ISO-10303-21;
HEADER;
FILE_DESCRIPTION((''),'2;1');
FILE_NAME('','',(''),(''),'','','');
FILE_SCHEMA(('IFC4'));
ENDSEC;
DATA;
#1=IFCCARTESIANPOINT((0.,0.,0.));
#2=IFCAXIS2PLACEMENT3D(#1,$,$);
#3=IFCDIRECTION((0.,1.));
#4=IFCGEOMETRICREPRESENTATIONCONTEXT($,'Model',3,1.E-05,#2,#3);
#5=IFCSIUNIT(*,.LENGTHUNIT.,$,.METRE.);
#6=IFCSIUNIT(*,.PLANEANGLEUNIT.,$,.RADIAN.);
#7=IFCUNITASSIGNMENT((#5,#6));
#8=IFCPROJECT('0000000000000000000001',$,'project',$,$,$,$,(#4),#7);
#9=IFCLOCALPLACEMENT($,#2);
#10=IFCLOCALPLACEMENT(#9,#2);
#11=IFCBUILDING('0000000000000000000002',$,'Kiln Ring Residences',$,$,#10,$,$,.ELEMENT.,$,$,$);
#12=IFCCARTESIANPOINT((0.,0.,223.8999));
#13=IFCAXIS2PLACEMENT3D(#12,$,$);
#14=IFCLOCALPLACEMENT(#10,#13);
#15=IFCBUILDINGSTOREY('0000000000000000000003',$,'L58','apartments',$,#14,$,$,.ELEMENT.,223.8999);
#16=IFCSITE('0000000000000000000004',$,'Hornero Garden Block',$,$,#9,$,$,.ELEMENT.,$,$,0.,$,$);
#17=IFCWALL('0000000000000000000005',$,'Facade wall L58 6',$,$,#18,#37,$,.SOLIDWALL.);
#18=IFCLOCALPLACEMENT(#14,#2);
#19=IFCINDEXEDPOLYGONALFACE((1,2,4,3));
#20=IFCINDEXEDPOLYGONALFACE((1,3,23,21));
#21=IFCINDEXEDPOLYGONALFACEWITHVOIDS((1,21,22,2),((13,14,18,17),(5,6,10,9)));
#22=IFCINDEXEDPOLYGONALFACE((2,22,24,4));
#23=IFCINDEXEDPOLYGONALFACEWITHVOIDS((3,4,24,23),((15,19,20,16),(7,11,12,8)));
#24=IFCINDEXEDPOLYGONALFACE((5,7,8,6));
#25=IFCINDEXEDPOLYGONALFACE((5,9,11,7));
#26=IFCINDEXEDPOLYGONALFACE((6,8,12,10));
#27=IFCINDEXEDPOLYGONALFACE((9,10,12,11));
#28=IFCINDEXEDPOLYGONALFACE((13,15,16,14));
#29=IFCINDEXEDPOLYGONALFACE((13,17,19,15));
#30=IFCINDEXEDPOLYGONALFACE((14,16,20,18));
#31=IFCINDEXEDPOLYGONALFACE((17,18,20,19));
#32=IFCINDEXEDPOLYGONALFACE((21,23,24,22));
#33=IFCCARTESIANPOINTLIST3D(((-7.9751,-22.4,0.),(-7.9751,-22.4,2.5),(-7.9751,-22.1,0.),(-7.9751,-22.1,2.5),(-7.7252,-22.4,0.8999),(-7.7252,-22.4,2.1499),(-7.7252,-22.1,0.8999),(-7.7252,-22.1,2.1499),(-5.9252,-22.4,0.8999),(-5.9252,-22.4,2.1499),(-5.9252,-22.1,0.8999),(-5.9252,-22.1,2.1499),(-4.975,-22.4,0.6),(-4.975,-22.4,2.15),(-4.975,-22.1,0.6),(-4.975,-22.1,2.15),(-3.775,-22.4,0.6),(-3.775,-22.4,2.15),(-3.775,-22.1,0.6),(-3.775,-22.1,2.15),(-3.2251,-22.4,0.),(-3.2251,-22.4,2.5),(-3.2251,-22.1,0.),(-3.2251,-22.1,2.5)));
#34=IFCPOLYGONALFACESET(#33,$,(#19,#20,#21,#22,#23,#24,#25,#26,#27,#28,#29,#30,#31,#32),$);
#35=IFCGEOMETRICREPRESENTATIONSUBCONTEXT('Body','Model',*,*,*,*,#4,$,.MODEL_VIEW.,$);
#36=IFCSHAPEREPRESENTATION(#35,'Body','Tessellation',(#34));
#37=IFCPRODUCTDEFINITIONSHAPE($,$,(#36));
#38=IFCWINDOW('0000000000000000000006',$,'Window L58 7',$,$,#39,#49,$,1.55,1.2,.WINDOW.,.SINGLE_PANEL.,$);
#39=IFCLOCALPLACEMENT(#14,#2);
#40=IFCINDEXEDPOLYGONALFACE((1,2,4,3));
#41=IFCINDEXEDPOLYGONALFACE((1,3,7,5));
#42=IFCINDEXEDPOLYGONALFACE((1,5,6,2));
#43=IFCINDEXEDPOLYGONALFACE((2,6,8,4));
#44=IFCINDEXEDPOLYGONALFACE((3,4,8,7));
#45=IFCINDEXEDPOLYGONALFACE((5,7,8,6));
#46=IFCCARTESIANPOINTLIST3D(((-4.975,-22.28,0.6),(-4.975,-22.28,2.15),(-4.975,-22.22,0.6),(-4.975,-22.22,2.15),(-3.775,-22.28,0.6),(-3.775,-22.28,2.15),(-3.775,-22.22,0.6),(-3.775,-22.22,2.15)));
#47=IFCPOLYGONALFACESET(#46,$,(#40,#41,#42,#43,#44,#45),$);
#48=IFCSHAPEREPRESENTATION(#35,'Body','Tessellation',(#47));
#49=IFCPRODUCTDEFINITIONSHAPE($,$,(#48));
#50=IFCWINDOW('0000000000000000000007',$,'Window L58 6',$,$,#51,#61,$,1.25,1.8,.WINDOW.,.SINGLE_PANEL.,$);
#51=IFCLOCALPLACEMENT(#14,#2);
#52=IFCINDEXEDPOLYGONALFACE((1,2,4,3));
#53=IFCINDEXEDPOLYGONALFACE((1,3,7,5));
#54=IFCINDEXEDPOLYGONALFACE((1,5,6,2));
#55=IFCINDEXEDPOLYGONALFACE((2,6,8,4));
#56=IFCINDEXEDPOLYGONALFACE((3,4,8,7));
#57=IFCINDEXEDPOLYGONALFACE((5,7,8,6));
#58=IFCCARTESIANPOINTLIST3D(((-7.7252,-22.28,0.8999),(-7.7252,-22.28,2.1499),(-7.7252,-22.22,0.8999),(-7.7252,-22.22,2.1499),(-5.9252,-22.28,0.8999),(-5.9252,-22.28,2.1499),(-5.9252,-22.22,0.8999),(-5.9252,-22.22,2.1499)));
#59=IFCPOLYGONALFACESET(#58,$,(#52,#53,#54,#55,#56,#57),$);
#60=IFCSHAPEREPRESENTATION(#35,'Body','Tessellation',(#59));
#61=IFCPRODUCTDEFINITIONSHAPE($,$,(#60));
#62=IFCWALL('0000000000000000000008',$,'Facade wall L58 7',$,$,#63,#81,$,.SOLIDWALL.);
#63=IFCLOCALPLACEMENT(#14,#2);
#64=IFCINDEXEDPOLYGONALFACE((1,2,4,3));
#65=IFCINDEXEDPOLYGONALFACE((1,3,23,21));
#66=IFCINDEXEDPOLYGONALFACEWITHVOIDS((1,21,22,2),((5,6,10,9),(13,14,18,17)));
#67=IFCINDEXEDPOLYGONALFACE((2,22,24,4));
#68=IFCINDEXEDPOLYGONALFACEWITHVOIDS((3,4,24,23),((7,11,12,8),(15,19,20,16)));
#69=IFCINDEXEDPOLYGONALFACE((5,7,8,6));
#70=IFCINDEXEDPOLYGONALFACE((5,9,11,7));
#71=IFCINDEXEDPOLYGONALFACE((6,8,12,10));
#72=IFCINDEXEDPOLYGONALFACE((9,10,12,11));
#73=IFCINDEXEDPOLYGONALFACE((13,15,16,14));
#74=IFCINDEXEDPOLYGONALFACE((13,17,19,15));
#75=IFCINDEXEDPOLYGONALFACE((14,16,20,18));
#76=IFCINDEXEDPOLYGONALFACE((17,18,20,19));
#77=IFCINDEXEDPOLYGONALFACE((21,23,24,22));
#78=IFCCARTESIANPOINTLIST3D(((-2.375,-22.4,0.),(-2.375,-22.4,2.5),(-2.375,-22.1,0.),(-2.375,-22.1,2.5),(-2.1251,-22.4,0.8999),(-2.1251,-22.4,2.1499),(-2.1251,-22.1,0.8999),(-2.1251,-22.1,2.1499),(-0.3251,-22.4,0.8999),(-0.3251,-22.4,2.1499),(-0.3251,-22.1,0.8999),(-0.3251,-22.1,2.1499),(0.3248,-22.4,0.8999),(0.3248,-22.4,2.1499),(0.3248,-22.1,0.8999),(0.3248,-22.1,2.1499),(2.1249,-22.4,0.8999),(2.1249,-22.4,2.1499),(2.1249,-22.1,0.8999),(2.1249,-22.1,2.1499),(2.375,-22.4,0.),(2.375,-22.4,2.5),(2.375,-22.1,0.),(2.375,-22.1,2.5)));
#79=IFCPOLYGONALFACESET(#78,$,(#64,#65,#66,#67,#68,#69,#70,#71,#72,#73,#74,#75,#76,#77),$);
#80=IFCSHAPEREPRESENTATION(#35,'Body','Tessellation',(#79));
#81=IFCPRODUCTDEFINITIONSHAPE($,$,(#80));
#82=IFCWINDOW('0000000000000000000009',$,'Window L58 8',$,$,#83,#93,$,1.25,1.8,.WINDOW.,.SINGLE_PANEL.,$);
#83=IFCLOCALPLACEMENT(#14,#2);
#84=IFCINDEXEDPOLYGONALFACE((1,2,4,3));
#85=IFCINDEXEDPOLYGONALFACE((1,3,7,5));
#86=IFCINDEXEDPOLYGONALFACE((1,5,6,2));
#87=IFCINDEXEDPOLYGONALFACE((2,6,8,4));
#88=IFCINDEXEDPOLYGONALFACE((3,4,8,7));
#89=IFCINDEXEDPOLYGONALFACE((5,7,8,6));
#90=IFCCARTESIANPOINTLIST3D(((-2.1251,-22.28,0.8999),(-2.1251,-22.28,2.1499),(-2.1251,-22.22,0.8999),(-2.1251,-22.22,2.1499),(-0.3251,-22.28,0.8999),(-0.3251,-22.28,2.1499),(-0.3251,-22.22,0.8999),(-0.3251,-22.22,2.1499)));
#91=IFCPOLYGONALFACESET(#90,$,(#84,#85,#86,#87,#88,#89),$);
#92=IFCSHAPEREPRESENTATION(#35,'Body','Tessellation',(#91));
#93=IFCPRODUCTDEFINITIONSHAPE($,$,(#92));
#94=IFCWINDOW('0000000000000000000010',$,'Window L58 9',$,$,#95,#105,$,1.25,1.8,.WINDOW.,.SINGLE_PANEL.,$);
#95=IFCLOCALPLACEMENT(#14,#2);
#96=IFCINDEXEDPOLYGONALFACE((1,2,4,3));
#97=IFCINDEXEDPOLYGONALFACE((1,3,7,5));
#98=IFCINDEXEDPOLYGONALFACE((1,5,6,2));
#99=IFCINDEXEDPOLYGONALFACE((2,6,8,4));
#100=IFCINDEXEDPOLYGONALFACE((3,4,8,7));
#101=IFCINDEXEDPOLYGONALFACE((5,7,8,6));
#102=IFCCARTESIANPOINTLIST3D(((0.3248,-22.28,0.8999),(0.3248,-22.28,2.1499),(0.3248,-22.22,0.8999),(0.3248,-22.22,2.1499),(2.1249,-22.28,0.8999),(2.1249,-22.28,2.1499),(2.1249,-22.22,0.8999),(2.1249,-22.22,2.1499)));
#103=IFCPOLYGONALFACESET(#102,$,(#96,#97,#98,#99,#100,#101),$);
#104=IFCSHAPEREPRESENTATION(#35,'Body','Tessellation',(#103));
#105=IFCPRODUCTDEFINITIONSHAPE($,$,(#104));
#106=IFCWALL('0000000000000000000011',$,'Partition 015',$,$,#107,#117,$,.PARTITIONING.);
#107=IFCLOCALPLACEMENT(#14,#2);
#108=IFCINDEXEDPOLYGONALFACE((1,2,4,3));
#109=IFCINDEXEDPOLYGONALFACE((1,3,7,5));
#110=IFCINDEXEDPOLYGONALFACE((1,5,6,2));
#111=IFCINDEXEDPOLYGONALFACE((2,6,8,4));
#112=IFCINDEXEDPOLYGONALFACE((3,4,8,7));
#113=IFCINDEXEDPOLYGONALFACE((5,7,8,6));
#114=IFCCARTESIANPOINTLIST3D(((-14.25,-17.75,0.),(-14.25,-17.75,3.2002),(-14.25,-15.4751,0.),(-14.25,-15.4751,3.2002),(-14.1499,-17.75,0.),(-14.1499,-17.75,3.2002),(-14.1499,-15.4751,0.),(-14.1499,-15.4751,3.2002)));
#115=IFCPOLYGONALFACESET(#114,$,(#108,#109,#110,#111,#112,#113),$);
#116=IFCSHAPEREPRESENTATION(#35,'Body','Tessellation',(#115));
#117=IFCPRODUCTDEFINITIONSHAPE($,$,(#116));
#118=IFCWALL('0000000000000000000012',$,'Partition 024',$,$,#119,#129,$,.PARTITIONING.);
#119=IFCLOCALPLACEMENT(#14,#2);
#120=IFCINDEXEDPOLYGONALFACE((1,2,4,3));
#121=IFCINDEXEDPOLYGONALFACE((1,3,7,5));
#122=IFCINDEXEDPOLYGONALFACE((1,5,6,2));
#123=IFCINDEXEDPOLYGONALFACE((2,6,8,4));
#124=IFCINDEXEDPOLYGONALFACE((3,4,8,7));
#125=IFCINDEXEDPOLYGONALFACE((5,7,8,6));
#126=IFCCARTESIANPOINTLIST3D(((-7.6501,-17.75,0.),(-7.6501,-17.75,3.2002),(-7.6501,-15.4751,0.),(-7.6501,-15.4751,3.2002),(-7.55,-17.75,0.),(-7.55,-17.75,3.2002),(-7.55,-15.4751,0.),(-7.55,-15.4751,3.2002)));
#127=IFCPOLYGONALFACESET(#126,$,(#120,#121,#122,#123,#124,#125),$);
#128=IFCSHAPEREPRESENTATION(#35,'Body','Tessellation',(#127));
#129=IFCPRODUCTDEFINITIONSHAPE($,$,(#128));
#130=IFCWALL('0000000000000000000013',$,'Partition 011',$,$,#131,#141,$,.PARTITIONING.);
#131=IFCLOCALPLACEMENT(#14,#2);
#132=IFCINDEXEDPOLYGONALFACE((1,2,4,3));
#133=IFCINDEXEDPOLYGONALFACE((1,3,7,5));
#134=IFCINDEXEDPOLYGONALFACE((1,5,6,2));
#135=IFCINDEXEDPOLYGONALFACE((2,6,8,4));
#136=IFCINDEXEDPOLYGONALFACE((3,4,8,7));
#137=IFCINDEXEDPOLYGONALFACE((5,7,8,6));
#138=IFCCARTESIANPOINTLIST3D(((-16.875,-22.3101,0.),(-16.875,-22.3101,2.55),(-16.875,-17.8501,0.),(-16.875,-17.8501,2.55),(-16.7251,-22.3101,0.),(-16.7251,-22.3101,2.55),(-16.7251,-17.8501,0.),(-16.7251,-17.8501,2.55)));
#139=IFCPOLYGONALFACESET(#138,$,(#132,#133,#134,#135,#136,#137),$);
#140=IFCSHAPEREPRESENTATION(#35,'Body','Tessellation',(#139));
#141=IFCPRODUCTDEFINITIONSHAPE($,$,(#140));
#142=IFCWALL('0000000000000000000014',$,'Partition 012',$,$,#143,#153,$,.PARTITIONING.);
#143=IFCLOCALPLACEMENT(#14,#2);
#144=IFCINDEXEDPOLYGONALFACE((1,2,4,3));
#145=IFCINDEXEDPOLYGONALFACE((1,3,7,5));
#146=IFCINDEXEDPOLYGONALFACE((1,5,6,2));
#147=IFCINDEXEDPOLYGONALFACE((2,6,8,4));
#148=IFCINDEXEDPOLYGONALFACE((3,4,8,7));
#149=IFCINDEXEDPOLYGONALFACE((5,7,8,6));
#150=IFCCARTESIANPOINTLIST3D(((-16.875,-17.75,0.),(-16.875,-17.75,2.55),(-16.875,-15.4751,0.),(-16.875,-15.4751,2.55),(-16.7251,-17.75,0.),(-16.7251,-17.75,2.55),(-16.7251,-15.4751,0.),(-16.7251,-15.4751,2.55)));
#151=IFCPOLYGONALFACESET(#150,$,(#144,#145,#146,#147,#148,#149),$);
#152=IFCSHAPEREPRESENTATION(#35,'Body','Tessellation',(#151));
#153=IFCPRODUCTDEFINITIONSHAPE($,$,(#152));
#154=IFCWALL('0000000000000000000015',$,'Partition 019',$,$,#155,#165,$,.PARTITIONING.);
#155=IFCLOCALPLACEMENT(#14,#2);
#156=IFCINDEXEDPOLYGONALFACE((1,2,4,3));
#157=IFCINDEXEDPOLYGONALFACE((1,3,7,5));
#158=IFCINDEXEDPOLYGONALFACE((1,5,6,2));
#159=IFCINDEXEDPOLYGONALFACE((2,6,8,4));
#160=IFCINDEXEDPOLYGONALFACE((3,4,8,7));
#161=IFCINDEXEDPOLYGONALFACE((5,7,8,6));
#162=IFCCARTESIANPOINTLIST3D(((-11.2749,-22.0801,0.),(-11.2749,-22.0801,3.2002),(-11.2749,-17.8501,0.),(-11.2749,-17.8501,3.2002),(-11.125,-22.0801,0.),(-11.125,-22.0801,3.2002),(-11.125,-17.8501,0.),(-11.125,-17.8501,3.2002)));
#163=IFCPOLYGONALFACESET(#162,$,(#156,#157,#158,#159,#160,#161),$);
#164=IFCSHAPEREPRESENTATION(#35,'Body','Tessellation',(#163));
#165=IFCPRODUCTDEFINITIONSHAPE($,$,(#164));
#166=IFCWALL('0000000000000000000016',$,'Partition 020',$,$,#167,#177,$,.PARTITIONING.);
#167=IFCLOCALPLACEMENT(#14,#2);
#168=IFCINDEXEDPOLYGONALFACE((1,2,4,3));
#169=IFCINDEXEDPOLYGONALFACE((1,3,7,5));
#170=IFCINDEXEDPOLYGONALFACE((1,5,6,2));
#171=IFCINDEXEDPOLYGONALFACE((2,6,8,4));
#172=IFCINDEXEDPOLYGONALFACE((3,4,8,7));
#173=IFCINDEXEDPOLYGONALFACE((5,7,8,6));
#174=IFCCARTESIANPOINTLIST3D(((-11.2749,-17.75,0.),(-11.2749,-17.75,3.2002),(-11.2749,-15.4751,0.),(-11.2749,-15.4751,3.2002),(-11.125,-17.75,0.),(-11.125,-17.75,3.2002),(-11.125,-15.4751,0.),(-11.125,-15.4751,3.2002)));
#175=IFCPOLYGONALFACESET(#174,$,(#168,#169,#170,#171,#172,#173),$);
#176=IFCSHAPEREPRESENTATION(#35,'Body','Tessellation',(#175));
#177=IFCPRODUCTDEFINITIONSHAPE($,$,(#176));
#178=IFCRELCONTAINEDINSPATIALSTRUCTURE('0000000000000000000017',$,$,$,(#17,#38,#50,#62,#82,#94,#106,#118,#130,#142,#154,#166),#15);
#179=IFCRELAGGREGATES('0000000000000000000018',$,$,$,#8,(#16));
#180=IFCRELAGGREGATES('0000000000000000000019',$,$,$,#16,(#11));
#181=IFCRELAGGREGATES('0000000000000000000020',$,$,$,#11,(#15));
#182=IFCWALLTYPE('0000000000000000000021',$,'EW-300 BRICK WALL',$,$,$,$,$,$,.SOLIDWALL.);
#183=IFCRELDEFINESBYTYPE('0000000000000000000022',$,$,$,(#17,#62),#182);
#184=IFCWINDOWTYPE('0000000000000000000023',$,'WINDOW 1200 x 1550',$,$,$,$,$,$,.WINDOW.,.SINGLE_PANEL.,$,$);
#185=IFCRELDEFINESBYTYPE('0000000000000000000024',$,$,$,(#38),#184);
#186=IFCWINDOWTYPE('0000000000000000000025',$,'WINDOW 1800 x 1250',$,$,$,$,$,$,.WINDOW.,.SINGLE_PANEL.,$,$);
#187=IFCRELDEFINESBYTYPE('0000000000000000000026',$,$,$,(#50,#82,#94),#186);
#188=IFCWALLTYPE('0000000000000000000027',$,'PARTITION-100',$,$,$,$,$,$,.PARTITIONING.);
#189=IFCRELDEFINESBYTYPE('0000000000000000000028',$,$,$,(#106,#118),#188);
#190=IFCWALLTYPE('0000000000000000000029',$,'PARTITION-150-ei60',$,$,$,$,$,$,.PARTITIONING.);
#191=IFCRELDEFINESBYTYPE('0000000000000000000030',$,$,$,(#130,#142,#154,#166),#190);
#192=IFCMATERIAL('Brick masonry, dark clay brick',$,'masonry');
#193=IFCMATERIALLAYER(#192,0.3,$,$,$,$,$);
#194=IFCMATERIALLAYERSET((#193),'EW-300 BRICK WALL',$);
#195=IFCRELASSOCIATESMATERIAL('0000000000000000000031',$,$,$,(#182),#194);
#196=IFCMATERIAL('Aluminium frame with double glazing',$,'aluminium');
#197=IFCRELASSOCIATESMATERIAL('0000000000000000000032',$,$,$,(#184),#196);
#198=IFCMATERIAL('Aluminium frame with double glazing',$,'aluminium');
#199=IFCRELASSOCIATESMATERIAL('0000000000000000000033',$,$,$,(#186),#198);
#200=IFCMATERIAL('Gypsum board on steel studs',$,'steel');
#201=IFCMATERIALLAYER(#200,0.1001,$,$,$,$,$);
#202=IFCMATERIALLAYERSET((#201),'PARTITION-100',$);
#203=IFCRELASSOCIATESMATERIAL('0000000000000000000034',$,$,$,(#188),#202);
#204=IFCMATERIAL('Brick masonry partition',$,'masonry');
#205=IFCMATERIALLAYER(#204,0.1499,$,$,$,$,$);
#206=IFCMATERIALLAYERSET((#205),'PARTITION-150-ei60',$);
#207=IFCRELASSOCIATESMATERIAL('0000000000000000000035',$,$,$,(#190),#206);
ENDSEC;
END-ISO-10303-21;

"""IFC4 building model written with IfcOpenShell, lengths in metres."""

from ifc_helpers import new_model, si_unit, direction, frame, frame_2d, origin, place, context, subcontext, project, spatial, rectangle, extrude, material, layer, layer_set, type_object, element, fill, save


model = new_model("IFC4")

# Units and contexts
model_context = context("Model", 3, precision=1e-05, world=origin(), true_north=direction((0.0, 1.0)))
body_context = subcontext(model_context, "Body", "Model", "MODEL_VIEW")
ifc_project = project(units=[si_unit("LENGTHUNIT", "METRE"), si_unit("PLANEANGLEUNIT", "RADIAN")], contexts=[model_context])

# Site, building, storey
site_placement = place(None, origin())
site = spatial("IfcSite", under=ifc_project, at=site_placement, Name="Hornero Garden Block", CompositionType="ELEMENT", RefElevation=0.0)
building_placement = place(site_placement, origin())
building = spatial("IfcBuilding", under=site, at=building_placement, Name="Kiln Ring Residences", CompositionType="ELEMENT")
storey_placement = place(building_placement, frame((0.0, 0.0, 223.8999)))
storey = spatial("IfcBuildingStorey", under=building, at=storey_placement, Name="L58", Description="apartments", CompositionType="ELEMENT", Elevation=223.8999)

# Shared definitions
ifc_material_1 = material(Name="Brick masonry, dark clay brick", Category="masonry")
ifc_layer_1 = layer(ifc_material_1, 0.3)
ifc_layer_set_1 = layer_set([ifc_layer_1], Name="EW-300 BRICK WALL")
wall_type_1 = type_object("IfcWallType", Name="EW-300 BRICK WALL", PredefinedType="SOLIDWALL", material=ifc_layer_set_1)
ifc_material_2 = material(Name="Aluminium frame with double glazing", Category="aluminium")
window_type_1 = type_object("IfcWindowType", Name="WINDOW 1200 x 1550", PartitioningType="SINGLE_PANEL", PredefinedType="WINDOW", material=ifc_material_2)

# Walls, openings, windows
wall_1_placement = place(storey_placement, frame((-7.9751, -22.25, 0.0), z_axis=(0.0, 0.0, 1.0), x_axis=(1.0, 0.0, 0.0)))
wall_1 = element("IfcWall", 1, at=wall_1_placement, inside=storey, type_object=wall_type_1, Name="Facade wall L58 6", PredefinedType="SOLIDWALL", context=body_context, shape_type="SweptSolid", body=[
    extrude(rectangle(XDim=4.75, YDim=0.3, at=frame_2d((2.375, 0.0))), origin(), (0.0, 0.0, 1.0), 2.5),
])
opening_1_placement = place(wall_1_placement, frame((0.25, 0.0, 0.8999)))
opening_1 = element("IfcOpeningElement", 2, at=opening_1_placement, cuts=wall_1, PredefinedType="OPENING", context=body_context, shape_type="SweptSolid", body=[
    extrude(rectangle(XDim=1.8, YDim=1.25, at=frame_2d((0.8999, 0.625))), frame((0.0, 0.1599, 0.0), z_axis=(0.0, -1.0, 0.0), x_axis=(1.0, 0.0, 0.0)), (0.0, 0.0, 1.0), 0.3201),
])
opening_2_placement = place(wall_1_placement, frame((3.0, 0.0, 0.6001)))
opening_2 = element("IfcOpeningElement", 3, at=opening_2_placement, cuts=wall_1, PredefinedType="OPENING", context=body_context, shape_type="SweptSolid", body=[
    extrude(rectangle(XDim=1.2, YDim=1.55, at=frame_2d((0.6001, 0.7749))), frame((0.0, 0.1599, 0.0), z_axis=(0.0, -1.0, 0.0), x_axis=(1.0, 0.0, 0.0)), (0.0, 0.0, 1.0), 0.3201),
])
window_1_placement = place(opening_2_placement, origin())
window_1 = element("IfcWindow", 4, at=window_1_placement, inside=storey, type_object=window_type_1, Name="Window L58 7", OverallHeight=1.55, OverallWidth=1.2, PartitioningType="SINGLE_PANEL", PredefinedType="WINDOW", context=body_context, shape_type="SweptSolid", body=[
    extrude(rectangle(XDim=1.2, YDim=1.55, at=frame_2d((0.6001, 0.7749))), frame((0.0, 0.03, 0.0), z_axis=(0.0, -1.0, 0.0), x_axis=(1.0, 0.0, 0.0)), (0.0, 0.0, 1.0), 0.0601),
])
fill(opening_2, window_1)
ifc_material_3 = material(Name="Aluminium frame with double glazing", Category="aluminium")
window_type_2 = type_object("IfcWindowType", Name="WINDOW 1800 x 1250", PartitioningType="SINGLE_PANEL", PredefinedType="WINDOW", material=ifc_material_3)
window_2_placement = place(opening_1_placement, origin())
window_2 = element("IfcWindow", 5, at=window_2_placement, inside=storey, type_object=window_type_2, Name="Window L58 6", OverallHeight=1.25, OverallWidth=1.8, PartitioningType="SINGLE_PANEL", PredefinedType="WINDOW", context=body_context, shape_type="SweptSolid", body=[
    extrude(rectangle(XDim=1.8, YDim=1.25, at=frame_2d((0.8999, 0.625))), frame((0.0, 0.03, 0.0), z_axis=(0.0, -1.0, 0.0), x_axis=(1.0, 0.0, 0.0)), (0.0, 0.0, 1.0), 0.0601),
])
fill(opening_1, window_2)
wall_2_placement = place(storey_placement, frame((-2.375, -22.25, 0.0), z_axis=(0.0, 0.0, 1.0), x_axis=(1.0, 0.0, 0.0)))
wall_2 = element("IfcWall", 6, at=wall_2_placement, inside=storey, type_object=wall_type_1, Name="Facade wall L58 7", PredefinedType="SOLIDWALL", context=body_context, shape_type="SweptSolid", body=[
    extrude(rectangle(XDim=4.75, YDim=0.3, at=frame_2d((2.375, 0.0))), origin(), (0.0, 0.0, 1.0), 2.5),
])
opening_3_placement = place(wall_2_placement, frame((0.25, 0.0, 0.8999)))
opening_3 = element("IfcOpeningElement", 7, at=opening_3_placement, cuts=wall_2, PredefinedType="OPENING", context=body_context, shape_type="SweptSolid", body=[
    extrude(rectangle(XDim=1.8, YDim=1.25, at=frame_2d((0.8999, 0.625))), frame((0.0, 0.1599, 0.0), z_axis=(0.0, -1.0, 0.0), x_axis=(1.0, 0.0, 0.0)), (0.0, 0.0, 1.0), 0.3201),
])
opening_4_placement = place(wall_2_placement, frame((2.7, 0.0, 0.8999)))
opening_4 = element("IfcOpeningElement", 8, at=opening_4_placement, cuts=wall_2, PredefinedType="OPENING", context=body_context, shape_type="SweptSolid", body=[
    extrude(rectangle(XDim=1.8, YDim=1.25, at=frame_2d((0.8999, 0.625))), frame((0.0, 0.1599, 0.0), z_axis=(0.0, -1.0, 0.0), x_axis=(1.0, 0.0, 0.0)), (0.0, 0.0, 1.0), 0.3201),
])
window_3_placement = place(opening_3_placement, origin())
window_3 = element("IfcWindow", 9, at=window_3_placement, inside=storey, type_object=window_type_2, Name="Window L58 8", OverallHeight=1.25, OverallWidth=1.8, PartitioningType="SINGLE_PANEL", PredefinedType="WINDOW", context=body_context, shape_type="SweptSolid", body=[
    extrude(rectangle(XDim=1.8, YDim=1.25, at=frame_2d((0.8999, 0.625))), frame((0.0, 0.03, 0.0), z_axis=(0.0, -1.0, 0.0), x_axis=(1.0, 0.0, 0.0)), (0.0, 0.0, 1.0), 0.0601),
])
fill(opening_3, window_3)
window_4_placement = place(opening_4_placement, origin())
window_4 = element("IfcWindow", 10, at=window_4_placement, inside=storey, type_object=window_type_2, Name="Window L58 9", OverallHeight=1.25, OverallWidth=1.8, PartitioningType="SINGLE_PANEL", PredefinedType="WINDOW", context=body_context, shape_type="SweptSolid", body=[
    extrude(rectangle(XDim=1.8, YDim=1.25, at=frame_2d((0.8999, 0.625))), frame((0.0, 0.03, 0.0), z_axis=(0.0, -1.0, 0.0), x_axis=(1.0, 0.0, 0.0)), (0.0, 0.0, 1.0), 0.0601),
])
fill(opening_4, window_4)

# Walls
ifc_material_4 = material(Name="Gypsum board on steel studs", Category="steel")
ifc_layer_2 = layer(ifc_material_4, 0.1001)
ifc_layer_set_2 = layer_set([ifc_layer_2], Name="PARTITION-100")
wall_type_2 = type_object("IfcWallType", Name="PARTITION-100", PredefinedType="PARTITIONING", material=ifc_layer_set_2)
for number, where, z_axis, x_axis, name in (
    (11, (-14.2, -17.75, 0.0), (0.0, 0.0, 1.0), (0.0, 1.0, 0.0), "Partition 015"),
    (12, (-7.6001, -17.75, 0.0), (0.0, 0.0, 1.0), (0.0, 1.0, 0.0), "Partition 024"),
):
    element("IfcWall", number, at=place(storey_placement, frame(where, z_axis=z_axis, x_axis=x_axis)), inside=storey, type_object=wall_type_2, Name=name, PredefinedType="PARTITIONING", context=body_context, shape_type="SweptSolid", body=[
        extrude(rectangle(XDim=2.2749, YDim=0.1001, at=frame_2d((1.1375, 0.0))), origin(), (0.0, 0.0, 1.0), 3.2002),
    ])
ifc_material_5 = material(Name="Brick masonry partition", Category="masonry")
ifc_layer_3 = layer(ifc_material_5, 0.1499)
ifc_layer_set_3 = layer_set([ifc_layer_3], Name="PARTITION-150-ei60")
wall_type_3 = type_object("IfcWallType", Name="PARTITION-150-ei60", PredefinedType="PARTITIONING", material=ifc_layer_set_3)
wall_3_placement = place(storey_placement, frame((-16.8, -22.3101, 0.0), z_axis=(0.0, 0.0, 1.0), x_axis=(0.0, 1.0, 0.0)))
element("IfcWall", 13, at=wall_3_placement, inside=storey, type_object=wall_type_3, Name="Partition 011", PredefinedType="PARTITIONING", context=body_context, shape_type="SweptSolid", body=[
    extrude(rectangle(XDim=4.46, YDim=0.1499, at=frame_2d((2.23, 0.0))), origin(), (0.0, 0.0, 1.0), 2.55),
])
wall_4_placement = place(storey_placement, frame((-16.8, -17.75, 0.0), z_axis=(0.0, 0.0, 1.0), x_axis=(0.0, 1.0, 0.0)))
element("IfcWall", 14, at=wall_4_placement, inside=storey, type_object=wall_type_3, Name="Partition 012", PredefinedType="PARTITIONING", context=body_context, shape_type="SweptSolid", body=[
    extrude(rectangle(XDim=2.2749, YDim=0.1499, at=frame_2d((1.1375, 0.0))), origin(), (0.0, 0.0, 1.0), 2.55),
])
wall_5_placement = place(storey_placement, frame((-11.2, -22.0801, 0.0), z_axis=(0.0, 0.0, 1.0), x_axis=(0.0, 1.0, 0.0)))
element("IfcWall", 15, at=wall_5_placement, inside=storey, type_object=wall_type_3, Name="Partition 019", PredefinedType="PARTITIONING", context=body_context, shape_type="SweptSolid", body=[
    extrude(rectangle(XDim=4.23, YDim=0.1499, at=frame_2d((2.115, 0.0))), origin(), (0.0, 0.0, 1.0), 3.2002),
])
wall_6_placement = place(storey_placement, frame((-11.2, -17.75, 0.0), z_axis=(0.0, 0.0, 1.0), x_axis=(0.0, 1.0, 0.0)))
element("IfcWall", 16, at=wall_6_placement, inside=storey, type_object=wall_type_3, Name="Partition 020", PredefinedType="PARTITIONING", context=body_context, shape_type="SweptSolid", body=[
    extrude(rectangle(XDim=2.2749, YDim=0.1499, at=frame_2d((1.1375, 0.0))), origin(), (0.0, 0.0, 1.0), 3.2002),
])

save(model, "model.ifc")
